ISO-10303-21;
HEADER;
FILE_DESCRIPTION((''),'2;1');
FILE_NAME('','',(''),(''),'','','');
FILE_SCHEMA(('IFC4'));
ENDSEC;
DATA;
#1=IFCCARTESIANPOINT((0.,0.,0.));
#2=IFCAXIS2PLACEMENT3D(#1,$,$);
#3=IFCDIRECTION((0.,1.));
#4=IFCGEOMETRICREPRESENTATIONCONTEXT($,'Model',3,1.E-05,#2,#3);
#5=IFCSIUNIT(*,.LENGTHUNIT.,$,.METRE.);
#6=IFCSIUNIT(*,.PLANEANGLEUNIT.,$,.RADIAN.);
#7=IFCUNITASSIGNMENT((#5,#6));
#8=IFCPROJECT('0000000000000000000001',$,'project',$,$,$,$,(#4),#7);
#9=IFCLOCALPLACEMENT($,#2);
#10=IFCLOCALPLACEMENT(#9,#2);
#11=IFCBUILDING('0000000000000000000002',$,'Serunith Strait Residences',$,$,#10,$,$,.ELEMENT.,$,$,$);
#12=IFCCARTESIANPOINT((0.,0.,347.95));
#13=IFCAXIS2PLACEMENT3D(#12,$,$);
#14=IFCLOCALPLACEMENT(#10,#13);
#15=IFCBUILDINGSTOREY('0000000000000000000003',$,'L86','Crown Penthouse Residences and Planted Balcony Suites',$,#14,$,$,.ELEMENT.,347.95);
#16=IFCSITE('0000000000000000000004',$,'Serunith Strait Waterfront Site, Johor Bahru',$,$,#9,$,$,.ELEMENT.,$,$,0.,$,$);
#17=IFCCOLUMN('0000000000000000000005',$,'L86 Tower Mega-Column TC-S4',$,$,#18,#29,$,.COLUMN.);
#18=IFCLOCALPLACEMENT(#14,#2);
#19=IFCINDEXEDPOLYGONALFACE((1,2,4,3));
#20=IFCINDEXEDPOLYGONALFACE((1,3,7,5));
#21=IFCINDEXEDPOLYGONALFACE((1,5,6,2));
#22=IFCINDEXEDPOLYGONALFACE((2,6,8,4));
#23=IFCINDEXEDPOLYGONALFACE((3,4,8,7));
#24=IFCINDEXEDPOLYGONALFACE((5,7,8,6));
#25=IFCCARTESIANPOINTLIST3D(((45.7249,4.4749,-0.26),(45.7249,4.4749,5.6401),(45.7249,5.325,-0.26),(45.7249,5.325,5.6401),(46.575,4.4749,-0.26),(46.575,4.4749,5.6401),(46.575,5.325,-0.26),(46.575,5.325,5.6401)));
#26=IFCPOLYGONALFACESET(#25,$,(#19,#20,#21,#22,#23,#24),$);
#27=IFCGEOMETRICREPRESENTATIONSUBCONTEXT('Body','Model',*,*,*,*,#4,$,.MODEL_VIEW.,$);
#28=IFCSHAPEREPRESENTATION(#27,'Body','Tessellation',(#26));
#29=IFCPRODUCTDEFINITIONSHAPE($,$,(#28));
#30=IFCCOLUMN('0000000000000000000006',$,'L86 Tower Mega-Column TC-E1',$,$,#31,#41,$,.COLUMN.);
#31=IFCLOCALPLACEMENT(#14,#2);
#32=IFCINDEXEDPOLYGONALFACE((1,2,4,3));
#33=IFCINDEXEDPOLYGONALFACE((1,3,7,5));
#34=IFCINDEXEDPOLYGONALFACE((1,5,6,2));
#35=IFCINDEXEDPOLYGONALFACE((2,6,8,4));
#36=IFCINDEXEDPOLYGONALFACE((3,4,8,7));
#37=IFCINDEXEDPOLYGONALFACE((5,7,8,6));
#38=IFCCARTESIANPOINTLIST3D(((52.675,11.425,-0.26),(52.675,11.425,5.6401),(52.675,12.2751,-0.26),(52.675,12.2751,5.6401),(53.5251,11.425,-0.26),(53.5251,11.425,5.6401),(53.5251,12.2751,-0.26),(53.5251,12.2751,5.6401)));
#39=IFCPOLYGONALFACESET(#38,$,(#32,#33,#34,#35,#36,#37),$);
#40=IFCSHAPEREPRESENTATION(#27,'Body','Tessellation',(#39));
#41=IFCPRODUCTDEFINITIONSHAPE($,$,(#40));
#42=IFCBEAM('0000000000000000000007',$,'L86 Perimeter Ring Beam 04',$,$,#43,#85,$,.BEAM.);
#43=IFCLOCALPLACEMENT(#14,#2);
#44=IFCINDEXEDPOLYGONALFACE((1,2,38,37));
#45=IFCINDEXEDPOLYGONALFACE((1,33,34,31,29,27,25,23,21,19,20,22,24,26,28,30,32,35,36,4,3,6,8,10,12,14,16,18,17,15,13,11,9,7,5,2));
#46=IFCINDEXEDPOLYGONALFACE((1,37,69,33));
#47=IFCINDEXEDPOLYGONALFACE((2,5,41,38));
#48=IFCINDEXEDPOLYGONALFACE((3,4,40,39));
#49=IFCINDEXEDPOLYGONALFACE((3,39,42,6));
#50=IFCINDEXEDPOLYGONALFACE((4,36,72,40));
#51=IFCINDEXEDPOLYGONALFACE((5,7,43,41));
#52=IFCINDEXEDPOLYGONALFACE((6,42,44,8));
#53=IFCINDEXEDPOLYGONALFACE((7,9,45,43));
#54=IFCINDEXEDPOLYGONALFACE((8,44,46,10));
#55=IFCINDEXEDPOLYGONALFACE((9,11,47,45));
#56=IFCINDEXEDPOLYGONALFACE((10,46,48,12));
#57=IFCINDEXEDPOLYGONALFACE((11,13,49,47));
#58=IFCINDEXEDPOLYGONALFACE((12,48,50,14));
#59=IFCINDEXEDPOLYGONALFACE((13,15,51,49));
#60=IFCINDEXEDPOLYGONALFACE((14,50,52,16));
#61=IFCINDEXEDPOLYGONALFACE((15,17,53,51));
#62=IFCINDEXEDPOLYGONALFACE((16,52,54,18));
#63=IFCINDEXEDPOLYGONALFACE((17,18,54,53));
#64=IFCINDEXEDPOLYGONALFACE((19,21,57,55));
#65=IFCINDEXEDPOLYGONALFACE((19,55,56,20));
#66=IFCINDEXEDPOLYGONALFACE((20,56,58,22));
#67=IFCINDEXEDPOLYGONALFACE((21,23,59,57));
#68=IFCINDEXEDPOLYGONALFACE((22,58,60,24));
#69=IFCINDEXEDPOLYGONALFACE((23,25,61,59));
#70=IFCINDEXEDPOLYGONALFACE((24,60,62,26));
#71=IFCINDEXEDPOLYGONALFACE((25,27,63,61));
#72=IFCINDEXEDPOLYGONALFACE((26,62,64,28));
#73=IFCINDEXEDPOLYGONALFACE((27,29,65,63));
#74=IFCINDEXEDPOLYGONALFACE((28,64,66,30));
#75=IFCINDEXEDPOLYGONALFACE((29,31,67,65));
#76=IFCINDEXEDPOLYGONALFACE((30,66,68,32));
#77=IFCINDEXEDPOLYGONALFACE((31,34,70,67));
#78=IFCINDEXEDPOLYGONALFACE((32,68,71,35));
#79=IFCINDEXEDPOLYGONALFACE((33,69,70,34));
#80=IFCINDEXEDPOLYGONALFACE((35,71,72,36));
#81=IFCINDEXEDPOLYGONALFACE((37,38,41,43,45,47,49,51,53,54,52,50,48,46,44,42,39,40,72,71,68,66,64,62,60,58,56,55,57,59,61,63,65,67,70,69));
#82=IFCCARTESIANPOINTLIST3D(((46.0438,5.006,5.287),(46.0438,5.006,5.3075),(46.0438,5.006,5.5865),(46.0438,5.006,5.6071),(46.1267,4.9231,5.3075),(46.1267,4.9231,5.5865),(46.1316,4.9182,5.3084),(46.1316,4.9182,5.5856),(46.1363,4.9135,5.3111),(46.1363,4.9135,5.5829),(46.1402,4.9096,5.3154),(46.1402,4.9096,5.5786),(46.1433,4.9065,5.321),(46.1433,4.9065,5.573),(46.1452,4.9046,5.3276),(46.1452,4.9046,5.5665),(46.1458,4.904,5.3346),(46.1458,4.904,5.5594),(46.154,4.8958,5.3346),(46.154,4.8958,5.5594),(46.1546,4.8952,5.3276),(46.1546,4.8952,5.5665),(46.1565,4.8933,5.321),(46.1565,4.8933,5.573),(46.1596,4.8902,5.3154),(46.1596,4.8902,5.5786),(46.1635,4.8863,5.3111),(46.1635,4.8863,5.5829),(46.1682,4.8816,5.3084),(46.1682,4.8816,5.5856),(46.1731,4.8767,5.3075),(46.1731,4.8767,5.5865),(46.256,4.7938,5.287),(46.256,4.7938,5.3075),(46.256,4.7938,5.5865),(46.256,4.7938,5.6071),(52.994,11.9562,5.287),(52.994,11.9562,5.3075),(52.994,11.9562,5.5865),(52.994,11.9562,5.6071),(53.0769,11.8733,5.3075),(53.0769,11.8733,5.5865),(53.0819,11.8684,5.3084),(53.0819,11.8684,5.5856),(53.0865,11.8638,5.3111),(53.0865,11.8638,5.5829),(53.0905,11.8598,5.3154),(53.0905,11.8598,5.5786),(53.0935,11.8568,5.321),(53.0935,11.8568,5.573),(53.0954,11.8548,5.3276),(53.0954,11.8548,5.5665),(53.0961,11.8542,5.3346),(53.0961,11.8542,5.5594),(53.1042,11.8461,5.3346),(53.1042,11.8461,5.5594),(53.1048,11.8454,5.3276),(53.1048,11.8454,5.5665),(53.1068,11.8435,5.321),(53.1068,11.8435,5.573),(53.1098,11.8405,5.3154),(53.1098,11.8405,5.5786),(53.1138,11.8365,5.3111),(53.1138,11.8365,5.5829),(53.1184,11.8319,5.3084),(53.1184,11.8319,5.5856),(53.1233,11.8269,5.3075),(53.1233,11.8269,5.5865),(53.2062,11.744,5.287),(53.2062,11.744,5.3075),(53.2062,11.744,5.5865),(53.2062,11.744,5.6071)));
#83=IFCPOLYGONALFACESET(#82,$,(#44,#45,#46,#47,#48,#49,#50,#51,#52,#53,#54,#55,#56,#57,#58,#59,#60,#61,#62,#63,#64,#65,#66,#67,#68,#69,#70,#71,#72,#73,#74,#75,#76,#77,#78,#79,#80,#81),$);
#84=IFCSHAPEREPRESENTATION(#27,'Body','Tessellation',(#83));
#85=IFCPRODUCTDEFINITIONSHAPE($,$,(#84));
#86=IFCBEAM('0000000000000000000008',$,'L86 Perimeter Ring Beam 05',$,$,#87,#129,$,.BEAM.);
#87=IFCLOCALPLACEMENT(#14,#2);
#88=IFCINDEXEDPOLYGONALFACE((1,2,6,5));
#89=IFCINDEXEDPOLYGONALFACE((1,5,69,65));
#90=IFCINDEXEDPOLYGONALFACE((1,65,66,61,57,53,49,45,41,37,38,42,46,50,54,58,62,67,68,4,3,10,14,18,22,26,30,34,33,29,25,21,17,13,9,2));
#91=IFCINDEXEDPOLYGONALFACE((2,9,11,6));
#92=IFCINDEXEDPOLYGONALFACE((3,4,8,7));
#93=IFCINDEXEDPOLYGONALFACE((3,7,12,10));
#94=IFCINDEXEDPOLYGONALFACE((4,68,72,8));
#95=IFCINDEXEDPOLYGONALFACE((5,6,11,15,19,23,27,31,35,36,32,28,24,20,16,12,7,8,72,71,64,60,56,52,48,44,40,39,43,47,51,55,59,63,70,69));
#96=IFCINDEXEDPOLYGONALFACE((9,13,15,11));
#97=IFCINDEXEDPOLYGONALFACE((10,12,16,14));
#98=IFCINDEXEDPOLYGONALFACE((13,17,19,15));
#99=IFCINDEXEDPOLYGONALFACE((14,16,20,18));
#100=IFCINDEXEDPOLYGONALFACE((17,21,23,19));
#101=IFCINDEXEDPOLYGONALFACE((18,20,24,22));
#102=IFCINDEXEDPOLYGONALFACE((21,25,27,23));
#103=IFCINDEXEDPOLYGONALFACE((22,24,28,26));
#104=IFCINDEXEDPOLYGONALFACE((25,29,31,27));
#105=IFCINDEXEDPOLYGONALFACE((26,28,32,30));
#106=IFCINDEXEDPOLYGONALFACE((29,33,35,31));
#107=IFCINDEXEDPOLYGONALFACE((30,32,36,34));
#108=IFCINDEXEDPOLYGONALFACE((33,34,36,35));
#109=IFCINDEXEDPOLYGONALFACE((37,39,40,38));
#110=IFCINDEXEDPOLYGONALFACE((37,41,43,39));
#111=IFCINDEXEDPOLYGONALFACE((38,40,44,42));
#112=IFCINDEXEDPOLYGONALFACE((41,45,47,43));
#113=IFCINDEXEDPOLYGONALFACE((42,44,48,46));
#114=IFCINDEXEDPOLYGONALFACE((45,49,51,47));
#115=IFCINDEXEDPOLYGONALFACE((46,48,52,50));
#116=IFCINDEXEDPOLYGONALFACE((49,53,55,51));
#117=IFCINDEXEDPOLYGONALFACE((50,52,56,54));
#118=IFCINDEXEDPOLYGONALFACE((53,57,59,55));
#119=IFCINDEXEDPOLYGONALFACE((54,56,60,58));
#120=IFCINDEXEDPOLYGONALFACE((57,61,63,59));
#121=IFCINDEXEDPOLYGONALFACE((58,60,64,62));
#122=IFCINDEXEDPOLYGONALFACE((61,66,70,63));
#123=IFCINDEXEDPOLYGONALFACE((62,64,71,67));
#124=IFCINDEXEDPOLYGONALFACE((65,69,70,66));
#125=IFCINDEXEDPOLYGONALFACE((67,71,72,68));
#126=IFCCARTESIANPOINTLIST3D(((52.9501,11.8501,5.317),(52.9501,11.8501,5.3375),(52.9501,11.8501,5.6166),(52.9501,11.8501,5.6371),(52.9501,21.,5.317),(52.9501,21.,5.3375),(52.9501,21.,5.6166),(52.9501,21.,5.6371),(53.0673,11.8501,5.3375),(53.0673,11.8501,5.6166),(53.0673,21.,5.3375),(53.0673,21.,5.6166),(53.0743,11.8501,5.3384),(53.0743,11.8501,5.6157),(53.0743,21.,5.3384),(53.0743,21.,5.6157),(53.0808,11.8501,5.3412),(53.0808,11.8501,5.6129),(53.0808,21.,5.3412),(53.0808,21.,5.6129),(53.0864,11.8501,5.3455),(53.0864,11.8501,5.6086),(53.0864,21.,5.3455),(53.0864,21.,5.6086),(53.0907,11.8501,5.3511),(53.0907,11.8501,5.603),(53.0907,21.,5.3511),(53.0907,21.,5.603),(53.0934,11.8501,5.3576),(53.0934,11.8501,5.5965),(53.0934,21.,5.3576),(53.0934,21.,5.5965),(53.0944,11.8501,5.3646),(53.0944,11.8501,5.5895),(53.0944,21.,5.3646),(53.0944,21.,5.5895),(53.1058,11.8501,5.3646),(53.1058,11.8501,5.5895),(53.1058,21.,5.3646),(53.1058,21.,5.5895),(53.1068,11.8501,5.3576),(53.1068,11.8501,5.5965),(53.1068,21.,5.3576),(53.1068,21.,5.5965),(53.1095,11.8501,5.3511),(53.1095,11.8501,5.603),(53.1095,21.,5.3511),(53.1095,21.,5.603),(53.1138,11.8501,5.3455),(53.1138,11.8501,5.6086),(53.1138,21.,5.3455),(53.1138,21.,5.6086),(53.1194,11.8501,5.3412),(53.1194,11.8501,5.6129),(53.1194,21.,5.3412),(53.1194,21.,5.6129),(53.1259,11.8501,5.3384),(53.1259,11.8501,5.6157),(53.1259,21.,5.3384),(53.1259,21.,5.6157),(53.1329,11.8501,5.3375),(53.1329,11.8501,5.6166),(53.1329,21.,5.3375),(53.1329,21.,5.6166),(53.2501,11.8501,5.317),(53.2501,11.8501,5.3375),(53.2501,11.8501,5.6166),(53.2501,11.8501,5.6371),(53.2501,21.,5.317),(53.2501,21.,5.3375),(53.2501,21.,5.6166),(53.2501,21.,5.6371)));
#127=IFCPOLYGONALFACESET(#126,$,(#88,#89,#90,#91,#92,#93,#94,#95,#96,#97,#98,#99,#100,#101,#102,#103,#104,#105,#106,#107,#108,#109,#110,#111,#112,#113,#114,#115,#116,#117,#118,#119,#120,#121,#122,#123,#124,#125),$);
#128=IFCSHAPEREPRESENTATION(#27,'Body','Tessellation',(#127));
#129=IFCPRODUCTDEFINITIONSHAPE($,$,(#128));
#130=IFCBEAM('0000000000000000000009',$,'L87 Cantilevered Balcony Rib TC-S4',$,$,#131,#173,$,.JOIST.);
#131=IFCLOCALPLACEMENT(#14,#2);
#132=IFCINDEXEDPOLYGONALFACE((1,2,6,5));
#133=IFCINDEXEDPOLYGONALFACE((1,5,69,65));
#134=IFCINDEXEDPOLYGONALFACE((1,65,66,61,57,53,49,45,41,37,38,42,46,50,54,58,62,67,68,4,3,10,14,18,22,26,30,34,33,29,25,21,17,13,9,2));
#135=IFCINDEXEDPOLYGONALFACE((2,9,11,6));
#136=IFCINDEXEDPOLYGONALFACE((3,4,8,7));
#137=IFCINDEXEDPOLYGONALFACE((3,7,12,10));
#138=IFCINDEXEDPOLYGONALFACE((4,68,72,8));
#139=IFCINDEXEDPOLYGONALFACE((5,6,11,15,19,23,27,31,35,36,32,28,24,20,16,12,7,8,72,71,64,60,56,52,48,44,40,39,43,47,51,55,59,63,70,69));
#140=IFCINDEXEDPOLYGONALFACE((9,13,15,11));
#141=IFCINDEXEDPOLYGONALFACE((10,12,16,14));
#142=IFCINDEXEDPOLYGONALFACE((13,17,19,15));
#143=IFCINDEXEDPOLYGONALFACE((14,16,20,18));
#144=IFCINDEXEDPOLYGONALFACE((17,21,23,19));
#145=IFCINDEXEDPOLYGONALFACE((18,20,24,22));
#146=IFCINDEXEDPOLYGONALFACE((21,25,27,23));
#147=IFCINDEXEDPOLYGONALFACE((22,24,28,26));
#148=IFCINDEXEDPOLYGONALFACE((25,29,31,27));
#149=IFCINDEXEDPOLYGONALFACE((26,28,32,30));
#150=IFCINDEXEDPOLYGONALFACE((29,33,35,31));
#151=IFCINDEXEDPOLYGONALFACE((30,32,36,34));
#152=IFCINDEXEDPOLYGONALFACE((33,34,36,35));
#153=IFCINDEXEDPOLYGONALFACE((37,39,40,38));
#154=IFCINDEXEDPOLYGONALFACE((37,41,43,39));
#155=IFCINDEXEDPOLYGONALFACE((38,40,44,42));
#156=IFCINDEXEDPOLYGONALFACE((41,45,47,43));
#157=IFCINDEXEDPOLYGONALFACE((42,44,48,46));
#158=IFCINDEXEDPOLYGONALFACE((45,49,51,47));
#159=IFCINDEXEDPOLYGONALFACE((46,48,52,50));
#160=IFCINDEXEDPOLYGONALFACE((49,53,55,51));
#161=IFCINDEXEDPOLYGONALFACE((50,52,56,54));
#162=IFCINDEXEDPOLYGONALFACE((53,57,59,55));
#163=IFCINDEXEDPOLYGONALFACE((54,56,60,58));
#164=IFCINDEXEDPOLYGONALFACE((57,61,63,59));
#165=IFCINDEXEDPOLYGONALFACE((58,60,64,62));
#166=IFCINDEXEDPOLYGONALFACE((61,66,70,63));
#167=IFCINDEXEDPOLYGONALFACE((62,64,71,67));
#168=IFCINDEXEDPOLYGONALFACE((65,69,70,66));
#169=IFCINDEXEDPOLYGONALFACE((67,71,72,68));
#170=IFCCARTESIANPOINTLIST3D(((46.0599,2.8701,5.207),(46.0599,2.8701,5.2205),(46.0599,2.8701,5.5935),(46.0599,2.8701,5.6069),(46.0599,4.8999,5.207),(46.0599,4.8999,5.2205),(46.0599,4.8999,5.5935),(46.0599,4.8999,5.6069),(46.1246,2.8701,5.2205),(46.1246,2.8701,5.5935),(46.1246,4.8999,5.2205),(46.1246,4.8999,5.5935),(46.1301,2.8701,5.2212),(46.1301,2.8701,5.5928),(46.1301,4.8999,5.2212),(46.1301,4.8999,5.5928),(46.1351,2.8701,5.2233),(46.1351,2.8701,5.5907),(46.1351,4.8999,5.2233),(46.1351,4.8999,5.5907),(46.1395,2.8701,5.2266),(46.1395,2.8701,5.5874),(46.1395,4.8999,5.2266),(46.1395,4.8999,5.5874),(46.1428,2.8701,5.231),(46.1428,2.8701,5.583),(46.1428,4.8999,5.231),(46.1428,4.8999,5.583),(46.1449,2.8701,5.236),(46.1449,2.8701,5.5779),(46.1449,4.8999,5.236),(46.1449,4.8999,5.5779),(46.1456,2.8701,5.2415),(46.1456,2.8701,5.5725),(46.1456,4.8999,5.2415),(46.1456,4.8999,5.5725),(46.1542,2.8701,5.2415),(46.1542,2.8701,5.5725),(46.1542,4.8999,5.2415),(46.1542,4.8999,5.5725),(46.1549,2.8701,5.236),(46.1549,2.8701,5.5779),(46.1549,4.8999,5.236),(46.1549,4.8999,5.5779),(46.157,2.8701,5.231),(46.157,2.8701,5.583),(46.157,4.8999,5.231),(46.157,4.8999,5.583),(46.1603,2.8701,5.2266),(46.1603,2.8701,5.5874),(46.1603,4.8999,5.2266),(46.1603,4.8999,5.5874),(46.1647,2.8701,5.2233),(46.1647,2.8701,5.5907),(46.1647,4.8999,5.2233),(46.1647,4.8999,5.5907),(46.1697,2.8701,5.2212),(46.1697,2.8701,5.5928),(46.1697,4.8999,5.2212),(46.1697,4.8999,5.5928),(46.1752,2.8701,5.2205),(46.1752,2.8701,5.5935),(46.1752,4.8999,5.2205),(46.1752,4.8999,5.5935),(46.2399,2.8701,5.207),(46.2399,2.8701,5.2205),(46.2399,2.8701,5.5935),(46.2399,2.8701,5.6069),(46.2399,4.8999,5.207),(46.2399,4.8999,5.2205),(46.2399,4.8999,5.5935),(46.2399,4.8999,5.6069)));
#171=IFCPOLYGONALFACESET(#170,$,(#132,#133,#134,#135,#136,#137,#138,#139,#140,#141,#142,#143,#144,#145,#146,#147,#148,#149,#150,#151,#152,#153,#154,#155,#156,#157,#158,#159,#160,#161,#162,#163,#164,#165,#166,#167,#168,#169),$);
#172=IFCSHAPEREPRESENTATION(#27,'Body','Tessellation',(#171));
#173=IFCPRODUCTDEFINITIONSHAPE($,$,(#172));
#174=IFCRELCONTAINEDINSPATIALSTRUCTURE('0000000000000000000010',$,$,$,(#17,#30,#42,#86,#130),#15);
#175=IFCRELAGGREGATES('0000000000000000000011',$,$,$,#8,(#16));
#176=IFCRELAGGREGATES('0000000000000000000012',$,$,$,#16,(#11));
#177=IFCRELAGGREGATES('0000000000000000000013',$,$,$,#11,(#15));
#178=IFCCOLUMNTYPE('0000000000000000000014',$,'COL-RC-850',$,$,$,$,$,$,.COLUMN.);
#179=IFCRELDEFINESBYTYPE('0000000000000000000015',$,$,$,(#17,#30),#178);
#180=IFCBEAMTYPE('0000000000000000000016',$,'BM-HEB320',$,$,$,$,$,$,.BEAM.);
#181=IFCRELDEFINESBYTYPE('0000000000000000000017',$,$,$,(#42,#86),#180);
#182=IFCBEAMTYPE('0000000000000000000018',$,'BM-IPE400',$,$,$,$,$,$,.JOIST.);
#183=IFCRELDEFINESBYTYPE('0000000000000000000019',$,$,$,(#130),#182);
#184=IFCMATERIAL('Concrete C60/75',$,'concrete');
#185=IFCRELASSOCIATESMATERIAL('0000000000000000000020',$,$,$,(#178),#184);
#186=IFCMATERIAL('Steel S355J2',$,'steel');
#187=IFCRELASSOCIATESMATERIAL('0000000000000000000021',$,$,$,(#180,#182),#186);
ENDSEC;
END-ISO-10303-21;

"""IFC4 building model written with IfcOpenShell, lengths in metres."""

from ifc_helpers import new_model, si_unit, direction, frame, origin, origin_2d, place, context, subcontext, project, spatial, rectangle, i_section, extrude, source, transform, mapped, material, material_profile, profile_set, type_object, element, save


model = new_model("IFC4")

# Units and contexts
model_context = context("Model", 3, precision=1e-05, world=origin(), true_north=direction((0.0, 1.0)))
body_context = subcontext(model_context, "Body", "Model", "MODEL_VIEW")
ifc_project = project(units=[si_unit("LENGTHUNIT", "METRE"), si_unit("PLANEANGLEUNIT", "RADIAN")], contexts=[model_context])

# Site, building, storey
site_placement = place(None, origin())
site = spatial("IfcSite", under=ifc_project, at=site_placement, Name="Serunith Strait Waterfront Site, Johor Bahru", CompositionType="ELEMENT", RefElevation=0.0)
building_placement = place(site_placement, origin())
building = spatial("IfcBuilding", under=site, at=building_placement, Name="Serunith Strait Residences", CompositionType="ELEMENT")
storey_placement = place(building_placement, frame((0.0, 0.0, 347.95)))
storey = spatial("IfcBuildingStorey", under=building, at=storey_placement, Name="L86", Description="Crown Penthouse Residences and Planted Balcony Suites", CompositionType="ELEMENT", Elevation=347.95)

# Columns
ifc_material_1 = material(Name="Concrete C60/75", Category="concrete")
ifc_material_profile_1 = material_profile(ifc_material_1, rectangle(XDim=0.8501, YDim=0.8501, at=origin_2d()), Name="RC 850x850")
ifc_profile_set_1 = profile_set([ifc_material_profile_1], Name="Concrete C60/75")
column_type = type_object("IfcColumnType", Name="COL-RC-850", PredefinedType="COLUMN", material=ifc_profile_set_1)
shared_shape_1 = source(origin(), body_context, "Body", "SweptSolid", [
    extrude(rectangle(XDim=0.8501, YDim=0.8501, at=origin_2d()), origin(), (0.0, 0.0, 1.0), 5.9001),
])
for number, where, z_axis, x_axis, name in (
    (1, (46.1499, 4.8999, -0.26), (0.0, 0.0, 1.0), (1.0, 0.0, 0.0), "L86 Tower Mega-Column TC-S4"),
    (2, (53.1001, 11.8501, -0.26), (0.0, 0.0, 1.0), (1.0, 0.0, 0.0), "L86 Tower Mega-Column TC-E1"),
):
    element("IfcColumn", number, at=place(storey_placement, frame(where, z_axis=z_axis, x_axis=x_axis)), inside=storey, type_object=column_type, Name=name, PredefinedType="COLUMN", context=body_context, shape_type="MappedRepresentation", body=[
        mapped(shared_shape_1, transform((0.0, 0.0, 0.0), scale=1.0)),
    ])

# Beams
ifc_material_2 = material(Name="Steel S355J2", Category="steel")
ifc_material_profile_2 = material_profile(ifc_material_2, i_section(OverallWidth=0.3, OverallDepth=0.3201, WebThickness=0.0115, FlangeThickness=0.0205, FilletRadius=0.0271, at=origin_2d()), Name="HEB 320")
ifc_profile_set_2 = profile_set([ifc_material_profile_2], Name="Steel S355J2")
beam_type_1 = type_object("IfcBeamType", Name="BM-HEB320", PredefinedType="BEAM", material=ifc_profile_set_2)
shared_shape_2 = source(origin(), body_context, "Body", "SweptSolid", [
    extrude(i_section(OverallWidth=0.3, OverallDepth=0.3201, WebThickness=0.0115, FlangeThickness=0.0205, FilletRadius=0.0271, at=origin_2d()), origin(), (0.0, 0.0, 1.0), 9.8291),
])
beam_1_placement = place(storey_placement, frame((46.1499, 4.8999, 5.447), z_axis=(0.707107, 0.707107, 0.0), x_axis=(-0.707107, 0.707107, 0.0)))
element("IfcBeam", 3, at=beam_1_placement, inside=storey, type_object=beam_type_1, Name="L86 Perimeter Ring Beam 04", PredefinedType="BEAM", context=body_context, shape_type="MappedRepresentation", body=[
    mapped(shared_shape_2, transform((0.0, 0.0, 0.0), scale=1.0)),
])
shared_shape_3 = source(origin(), body_context, "Body", "SweptSolid", [
    extrude(i_section(OverallWidth=0.3, OverallDepth=0.3201, WebThickness=0.0115, FlangeThickness=0.0205, FilletRadius=0.0271, at=origin_2d()), origin(), (0.0, 0.0, 1.0), 9.1499),
])
beam_2_placement = place(storey_placement, frame((53.1001, 11.8501, 5.4771), z_axis=(0.0, 1.0, 0.0), x_axis=(-1.0, 0.0, 0.0)))
element("IfcBeam", 4, at=beam_2_placement, inside=storey, type_object=beam_type_1, Name="L86 Perimeter Ring Beam 05", PredefinedType="BEAM", context=body_context, shape_type="MappedRepresentation", body=[
    mapped(shared_shape_3, transform((0.0, 0.0, 0.0), scale=1.0)),
])
ifc_material_profile_3 = material_profile(ifc_material_2, i_section(OverallWidth=0.1799, OverallDepth=0.3999, WebThickness=0.0085, FlangeThickness=0.0134, FilletRadius=0.021, at=origin_2d()), Name="IPE 400")
ifc_profile_set_3 = profile_set([ifc_material_profile_3], Name="Steel S355J2")
beam_type_2 = type_object("IfcBeamType", Name="BM-IPE400", PredefinedType="JOIST", material=ifc_profile_set_3)
shared_shape_4 = source(origin(), body_context, "Body", "SweptSolid", [
    extrude(i_section(OverallWidth=0.1799, OverallDepth=0.3999, WebThickness=0.0085, FlangeThickness=0.0134, FilletRadius=0.021, at=origin_2d()), origin(), (0.0, 0.0, 1.0), 2.0298),
])
for number, where, z_axis, x_axis, name in (
    (5, (46.1499, 4.8999, 5.407), (0.0, -1.0, 0.0), (1.0, 0.0, 0.0), "L87 Cantilevered Balcony Rib TC-S4"),
):
    element("IfcBeam", number, at=place(storey_placement, frame(where, z_axis=z_axis, x_axis=x_axis)), inside=storey, type_object=beam_type_2, Name=name, PredefinedType="JOIST", context=body_context, shape_type="MappedRepresentation", body=[
        mapped(shared_shape_4, transform((0.0, 0.0, 0.0), scale=1.0)),
    ])

save(model, "model.ifc")
